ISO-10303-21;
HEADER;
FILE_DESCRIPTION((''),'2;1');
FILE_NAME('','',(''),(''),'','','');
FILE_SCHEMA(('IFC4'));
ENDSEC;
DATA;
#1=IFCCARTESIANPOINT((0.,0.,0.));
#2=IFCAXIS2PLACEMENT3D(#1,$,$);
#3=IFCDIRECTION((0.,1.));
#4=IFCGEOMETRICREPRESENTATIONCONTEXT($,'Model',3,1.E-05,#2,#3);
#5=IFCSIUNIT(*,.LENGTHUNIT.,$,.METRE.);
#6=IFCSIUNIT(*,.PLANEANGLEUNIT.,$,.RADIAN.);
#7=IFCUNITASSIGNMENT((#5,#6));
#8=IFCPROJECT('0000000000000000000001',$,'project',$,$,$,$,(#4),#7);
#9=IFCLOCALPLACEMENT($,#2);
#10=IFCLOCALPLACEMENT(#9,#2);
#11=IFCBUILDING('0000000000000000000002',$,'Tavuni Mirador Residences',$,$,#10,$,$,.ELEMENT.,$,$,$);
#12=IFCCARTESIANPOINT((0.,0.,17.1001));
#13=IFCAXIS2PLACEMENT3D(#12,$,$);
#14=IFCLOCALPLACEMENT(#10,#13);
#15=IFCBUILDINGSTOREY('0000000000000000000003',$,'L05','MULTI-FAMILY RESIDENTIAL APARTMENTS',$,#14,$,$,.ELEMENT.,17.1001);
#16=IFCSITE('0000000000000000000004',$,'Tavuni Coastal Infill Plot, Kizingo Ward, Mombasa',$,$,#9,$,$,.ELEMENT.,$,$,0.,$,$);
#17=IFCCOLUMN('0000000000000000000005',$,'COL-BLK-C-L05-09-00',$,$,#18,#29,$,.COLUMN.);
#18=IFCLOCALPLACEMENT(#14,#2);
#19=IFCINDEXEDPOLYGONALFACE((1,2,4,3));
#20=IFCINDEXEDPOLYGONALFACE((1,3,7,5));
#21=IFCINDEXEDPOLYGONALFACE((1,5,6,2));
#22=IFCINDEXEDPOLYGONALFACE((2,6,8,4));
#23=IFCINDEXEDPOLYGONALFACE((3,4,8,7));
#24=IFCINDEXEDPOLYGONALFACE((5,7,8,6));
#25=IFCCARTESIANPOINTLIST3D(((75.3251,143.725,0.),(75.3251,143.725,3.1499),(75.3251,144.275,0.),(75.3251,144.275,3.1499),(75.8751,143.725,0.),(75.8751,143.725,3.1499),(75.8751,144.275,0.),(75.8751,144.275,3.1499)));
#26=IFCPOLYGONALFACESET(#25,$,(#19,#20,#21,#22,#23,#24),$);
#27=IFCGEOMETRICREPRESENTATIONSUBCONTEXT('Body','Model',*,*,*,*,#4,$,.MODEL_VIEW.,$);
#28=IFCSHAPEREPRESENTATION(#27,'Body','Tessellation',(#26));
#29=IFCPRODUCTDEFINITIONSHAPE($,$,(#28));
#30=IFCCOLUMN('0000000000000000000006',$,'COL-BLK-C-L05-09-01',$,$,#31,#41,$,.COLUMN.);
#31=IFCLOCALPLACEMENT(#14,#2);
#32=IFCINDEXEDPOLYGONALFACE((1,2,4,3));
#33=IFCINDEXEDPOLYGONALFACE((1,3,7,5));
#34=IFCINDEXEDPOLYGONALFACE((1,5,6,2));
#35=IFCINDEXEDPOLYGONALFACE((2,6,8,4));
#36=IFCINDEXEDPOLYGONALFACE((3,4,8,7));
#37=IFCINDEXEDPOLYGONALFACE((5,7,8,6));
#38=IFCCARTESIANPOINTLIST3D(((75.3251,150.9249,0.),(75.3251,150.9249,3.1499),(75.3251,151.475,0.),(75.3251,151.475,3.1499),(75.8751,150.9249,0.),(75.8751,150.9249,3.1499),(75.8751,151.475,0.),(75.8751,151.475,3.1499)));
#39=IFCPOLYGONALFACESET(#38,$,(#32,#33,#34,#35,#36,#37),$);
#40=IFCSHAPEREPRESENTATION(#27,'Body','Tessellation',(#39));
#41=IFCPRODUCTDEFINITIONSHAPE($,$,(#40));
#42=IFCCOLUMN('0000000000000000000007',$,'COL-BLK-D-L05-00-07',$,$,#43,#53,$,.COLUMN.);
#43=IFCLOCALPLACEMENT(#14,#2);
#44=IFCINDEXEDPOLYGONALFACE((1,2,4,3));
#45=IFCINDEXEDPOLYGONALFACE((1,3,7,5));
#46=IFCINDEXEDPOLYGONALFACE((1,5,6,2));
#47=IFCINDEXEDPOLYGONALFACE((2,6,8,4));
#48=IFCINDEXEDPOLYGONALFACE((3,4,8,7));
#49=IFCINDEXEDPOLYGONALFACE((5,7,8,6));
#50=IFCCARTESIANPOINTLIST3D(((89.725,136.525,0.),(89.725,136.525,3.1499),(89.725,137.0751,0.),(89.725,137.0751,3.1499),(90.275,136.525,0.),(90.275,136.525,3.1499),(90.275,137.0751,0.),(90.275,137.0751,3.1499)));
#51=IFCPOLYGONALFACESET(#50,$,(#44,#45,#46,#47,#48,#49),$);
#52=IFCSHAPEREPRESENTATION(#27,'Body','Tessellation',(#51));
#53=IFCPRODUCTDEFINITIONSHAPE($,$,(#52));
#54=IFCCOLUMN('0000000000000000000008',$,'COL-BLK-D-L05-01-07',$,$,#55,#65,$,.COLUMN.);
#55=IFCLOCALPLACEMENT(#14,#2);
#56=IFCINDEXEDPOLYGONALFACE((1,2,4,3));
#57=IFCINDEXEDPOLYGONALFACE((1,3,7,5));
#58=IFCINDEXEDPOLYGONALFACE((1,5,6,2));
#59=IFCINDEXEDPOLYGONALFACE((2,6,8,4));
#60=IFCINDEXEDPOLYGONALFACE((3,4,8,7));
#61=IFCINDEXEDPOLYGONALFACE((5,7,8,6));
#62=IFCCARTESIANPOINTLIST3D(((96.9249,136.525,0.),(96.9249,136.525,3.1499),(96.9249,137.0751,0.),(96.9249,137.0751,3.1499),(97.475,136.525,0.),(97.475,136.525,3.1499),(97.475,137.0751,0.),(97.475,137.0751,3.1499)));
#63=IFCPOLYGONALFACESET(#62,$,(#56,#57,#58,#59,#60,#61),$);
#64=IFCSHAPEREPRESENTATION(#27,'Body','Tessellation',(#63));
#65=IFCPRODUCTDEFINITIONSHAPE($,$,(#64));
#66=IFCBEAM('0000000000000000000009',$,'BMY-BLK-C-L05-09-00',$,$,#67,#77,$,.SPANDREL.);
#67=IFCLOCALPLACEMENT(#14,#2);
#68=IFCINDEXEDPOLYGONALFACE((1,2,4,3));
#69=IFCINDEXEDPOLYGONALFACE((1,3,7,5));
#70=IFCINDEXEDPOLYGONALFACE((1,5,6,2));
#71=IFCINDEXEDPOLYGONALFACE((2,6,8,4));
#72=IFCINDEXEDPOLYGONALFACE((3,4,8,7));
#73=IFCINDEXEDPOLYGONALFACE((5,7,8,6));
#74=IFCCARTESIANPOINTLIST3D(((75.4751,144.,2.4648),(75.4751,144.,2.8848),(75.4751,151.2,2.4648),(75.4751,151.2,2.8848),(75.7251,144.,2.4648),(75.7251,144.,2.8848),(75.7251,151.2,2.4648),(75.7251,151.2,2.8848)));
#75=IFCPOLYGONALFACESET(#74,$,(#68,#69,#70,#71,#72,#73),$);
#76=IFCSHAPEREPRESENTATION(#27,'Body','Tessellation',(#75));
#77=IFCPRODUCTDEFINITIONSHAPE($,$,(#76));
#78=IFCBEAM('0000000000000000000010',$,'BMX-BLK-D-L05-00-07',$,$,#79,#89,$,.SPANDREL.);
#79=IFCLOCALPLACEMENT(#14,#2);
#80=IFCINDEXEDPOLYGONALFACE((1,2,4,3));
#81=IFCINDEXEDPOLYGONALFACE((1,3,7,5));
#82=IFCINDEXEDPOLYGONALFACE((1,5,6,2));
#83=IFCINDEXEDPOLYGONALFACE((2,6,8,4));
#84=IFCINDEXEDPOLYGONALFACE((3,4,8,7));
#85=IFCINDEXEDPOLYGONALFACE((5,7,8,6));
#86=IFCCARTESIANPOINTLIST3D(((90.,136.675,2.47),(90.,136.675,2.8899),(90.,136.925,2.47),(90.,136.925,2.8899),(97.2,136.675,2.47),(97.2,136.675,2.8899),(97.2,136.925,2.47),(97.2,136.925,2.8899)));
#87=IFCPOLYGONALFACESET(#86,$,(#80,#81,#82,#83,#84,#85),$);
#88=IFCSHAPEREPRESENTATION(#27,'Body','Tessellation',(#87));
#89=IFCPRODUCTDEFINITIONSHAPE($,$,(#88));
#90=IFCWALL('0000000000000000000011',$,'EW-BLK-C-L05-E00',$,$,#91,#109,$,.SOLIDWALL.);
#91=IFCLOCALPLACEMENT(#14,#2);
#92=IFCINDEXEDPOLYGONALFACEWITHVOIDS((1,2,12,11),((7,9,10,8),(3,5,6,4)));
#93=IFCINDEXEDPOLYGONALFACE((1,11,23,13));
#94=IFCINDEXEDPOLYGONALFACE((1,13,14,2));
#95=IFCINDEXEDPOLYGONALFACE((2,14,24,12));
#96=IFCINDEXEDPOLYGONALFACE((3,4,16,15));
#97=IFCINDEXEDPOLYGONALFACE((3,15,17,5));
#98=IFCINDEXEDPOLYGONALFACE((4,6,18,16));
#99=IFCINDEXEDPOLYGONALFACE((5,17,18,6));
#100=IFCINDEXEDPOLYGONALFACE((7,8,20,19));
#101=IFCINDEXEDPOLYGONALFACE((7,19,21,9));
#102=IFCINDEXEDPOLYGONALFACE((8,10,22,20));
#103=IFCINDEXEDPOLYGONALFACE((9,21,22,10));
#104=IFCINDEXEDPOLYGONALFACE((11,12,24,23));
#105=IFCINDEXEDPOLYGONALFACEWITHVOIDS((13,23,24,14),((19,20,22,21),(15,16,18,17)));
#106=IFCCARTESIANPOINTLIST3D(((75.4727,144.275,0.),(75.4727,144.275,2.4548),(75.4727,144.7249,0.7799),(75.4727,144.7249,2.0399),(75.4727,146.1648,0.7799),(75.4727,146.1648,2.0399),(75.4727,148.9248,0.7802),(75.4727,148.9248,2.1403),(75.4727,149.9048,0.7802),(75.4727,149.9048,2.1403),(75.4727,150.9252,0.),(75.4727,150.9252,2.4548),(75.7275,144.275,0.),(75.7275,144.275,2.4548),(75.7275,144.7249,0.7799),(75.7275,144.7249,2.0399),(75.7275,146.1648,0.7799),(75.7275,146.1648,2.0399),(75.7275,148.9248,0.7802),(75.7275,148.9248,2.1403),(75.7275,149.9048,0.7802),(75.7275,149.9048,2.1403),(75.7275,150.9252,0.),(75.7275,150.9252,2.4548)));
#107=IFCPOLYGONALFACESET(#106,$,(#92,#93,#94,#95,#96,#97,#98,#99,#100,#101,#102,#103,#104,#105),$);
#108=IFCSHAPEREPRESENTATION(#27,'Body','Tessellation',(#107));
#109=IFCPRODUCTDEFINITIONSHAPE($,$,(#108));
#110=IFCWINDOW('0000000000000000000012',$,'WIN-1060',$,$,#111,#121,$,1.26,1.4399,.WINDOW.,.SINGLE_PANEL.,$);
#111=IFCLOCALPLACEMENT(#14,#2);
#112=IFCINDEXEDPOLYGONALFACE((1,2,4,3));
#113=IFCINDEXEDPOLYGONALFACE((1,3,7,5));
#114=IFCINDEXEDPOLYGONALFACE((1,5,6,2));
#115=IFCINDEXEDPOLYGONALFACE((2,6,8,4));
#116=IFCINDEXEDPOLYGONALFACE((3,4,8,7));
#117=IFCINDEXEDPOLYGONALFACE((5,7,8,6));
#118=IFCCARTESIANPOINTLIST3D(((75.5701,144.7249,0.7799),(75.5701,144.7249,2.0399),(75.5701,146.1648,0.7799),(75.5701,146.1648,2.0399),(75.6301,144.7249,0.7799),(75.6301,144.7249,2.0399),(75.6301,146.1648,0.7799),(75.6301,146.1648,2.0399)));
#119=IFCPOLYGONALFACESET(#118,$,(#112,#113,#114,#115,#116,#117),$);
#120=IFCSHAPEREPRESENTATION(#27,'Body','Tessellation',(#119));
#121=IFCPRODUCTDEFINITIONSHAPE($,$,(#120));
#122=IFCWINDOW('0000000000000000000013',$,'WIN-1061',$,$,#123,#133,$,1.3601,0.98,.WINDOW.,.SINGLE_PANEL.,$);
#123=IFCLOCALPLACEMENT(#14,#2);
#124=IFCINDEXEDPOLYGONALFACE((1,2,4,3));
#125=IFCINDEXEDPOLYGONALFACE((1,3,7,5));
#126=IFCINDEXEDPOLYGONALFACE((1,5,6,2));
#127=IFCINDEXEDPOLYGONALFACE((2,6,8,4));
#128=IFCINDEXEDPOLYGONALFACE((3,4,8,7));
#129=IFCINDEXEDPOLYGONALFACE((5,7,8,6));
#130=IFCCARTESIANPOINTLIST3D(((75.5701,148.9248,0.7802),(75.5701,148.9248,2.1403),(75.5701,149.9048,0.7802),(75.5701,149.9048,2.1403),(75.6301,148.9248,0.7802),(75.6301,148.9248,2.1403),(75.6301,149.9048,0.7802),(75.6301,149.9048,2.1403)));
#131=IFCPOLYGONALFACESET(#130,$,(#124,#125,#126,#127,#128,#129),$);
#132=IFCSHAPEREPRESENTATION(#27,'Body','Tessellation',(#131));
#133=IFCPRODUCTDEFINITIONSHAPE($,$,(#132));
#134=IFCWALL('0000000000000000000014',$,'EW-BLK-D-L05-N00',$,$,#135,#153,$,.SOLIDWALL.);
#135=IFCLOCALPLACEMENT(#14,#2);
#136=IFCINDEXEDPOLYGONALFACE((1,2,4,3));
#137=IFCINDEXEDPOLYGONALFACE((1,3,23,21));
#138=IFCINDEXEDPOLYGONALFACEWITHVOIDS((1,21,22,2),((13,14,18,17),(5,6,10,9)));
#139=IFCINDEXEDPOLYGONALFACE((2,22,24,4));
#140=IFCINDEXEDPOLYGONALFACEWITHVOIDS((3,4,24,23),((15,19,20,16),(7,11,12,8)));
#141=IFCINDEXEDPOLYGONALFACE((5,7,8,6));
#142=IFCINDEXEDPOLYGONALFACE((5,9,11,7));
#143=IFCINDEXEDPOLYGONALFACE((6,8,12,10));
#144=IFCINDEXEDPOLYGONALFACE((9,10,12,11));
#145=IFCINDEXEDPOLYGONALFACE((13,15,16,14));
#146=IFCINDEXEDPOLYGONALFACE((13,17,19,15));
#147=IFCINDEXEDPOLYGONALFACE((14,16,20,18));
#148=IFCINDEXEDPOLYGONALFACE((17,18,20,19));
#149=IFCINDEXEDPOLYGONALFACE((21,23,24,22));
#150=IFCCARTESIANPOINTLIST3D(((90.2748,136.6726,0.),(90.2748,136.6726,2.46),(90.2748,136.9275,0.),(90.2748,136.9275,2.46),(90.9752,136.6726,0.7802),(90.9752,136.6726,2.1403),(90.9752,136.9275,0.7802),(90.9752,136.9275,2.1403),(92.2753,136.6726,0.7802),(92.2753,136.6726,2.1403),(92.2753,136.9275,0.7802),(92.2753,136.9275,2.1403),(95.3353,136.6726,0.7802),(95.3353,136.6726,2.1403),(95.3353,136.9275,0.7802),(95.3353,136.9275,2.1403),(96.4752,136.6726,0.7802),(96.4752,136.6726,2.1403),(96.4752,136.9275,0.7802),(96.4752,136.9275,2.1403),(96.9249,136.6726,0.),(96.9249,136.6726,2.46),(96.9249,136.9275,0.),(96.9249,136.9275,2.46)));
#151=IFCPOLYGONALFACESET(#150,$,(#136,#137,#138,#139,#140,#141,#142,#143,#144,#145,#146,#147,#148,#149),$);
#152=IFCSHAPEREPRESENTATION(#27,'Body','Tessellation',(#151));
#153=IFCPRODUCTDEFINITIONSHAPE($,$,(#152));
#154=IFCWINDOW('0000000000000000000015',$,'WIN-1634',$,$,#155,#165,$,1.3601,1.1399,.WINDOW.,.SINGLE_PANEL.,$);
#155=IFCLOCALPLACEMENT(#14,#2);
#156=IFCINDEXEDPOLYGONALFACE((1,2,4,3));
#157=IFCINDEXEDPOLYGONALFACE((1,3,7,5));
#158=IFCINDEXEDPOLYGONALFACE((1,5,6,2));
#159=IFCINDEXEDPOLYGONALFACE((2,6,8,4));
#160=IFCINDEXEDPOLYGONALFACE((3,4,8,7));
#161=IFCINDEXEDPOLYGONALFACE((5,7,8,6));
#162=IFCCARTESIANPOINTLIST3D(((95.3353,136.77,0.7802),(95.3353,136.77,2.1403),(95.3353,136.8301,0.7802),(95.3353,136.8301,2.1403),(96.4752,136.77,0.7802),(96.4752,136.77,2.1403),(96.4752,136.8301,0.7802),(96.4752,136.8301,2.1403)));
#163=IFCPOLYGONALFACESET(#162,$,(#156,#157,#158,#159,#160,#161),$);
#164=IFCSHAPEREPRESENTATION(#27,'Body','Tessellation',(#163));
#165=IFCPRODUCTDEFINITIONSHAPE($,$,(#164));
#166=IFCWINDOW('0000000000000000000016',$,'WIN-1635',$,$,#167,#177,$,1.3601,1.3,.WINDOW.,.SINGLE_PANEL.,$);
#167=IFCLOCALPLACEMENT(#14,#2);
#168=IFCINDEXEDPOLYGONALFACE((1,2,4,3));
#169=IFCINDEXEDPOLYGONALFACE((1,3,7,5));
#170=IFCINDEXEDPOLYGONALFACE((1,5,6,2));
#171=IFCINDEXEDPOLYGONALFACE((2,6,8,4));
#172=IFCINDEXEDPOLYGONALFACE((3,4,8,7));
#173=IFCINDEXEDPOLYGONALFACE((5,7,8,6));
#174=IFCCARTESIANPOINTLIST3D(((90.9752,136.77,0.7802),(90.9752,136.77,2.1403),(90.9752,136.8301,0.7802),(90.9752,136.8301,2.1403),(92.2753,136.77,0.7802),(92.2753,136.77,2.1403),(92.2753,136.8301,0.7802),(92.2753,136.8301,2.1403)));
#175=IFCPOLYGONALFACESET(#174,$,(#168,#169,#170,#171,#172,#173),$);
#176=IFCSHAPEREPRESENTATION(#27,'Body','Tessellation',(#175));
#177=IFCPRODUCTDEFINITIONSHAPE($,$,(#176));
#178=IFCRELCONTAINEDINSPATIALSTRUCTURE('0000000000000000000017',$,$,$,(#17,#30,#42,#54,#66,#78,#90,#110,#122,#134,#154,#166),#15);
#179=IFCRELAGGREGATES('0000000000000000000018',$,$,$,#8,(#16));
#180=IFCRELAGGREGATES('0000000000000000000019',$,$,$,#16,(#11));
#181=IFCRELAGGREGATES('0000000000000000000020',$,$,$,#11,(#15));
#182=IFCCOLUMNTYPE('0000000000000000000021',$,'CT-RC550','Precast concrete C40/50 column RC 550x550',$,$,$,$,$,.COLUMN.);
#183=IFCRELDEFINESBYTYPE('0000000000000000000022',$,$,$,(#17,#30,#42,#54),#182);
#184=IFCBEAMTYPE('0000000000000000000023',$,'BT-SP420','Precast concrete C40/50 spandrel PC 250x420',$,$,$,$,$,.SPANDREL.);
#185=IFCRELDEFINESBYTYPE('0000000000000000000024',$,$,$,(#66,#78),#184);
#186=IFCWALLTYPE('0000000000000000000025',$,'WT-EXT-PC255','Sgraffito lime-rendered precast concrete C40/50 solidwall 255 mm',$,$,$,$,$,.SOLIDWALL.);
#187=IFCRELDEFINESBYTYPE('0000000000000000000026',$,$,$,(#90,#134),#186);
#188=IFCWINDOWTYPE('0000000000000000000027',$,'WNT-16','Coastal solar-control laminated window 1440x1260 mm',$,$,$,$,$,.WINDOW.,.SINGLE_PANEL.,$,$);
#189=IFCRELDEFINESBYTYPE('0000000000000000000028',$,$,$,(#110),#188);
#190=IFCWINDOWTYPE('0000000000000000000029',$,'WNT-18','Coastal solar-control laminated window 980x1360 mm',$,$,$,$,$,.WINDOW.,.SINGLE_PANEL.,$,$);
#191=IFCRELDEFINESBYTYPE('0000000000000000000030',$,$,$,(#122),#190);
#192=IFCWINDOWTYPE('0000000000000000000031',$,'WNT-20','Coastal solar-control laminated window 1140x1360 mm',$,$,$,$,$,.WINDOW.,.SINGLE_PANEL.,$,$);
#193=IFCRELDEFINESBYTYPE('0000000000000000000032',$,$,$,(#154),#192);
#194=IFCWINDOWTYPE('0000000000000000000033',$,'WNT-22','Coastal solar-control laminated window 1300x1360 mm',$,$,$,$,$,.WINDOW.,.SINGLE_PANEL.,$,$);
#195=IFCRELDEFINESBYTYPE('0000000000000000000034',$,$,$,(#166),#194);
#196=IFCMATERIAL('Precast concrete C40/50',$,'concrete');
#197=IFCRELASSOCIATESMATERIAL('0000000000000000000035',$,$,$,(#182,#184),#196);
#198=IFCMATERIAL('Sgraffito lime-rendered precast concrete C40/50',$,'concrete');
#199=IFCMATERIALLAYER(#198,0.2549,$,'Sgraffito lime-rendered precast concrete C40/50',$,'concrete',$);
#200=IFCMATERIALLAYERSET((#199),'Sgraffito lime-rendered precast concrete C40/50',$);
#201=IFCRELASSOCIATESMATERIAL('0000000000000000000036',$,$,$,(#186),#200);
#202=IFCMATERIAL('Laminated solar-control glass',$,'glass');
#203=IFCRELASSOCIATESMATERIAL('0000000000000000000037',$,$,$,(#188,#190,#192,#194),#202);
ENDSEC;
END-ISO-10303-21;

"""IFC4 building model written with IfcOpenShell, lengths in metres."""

from ifc_helpers import new_model, si_unit, direction, frame, frame_2d, origin, origin_2d, place, context, subcontext, project, spatial, rectangle, extrude, material, layer, layer_set, material_profile, profile_set, type_object, element, fill, save


model = new_model("IFC4")

# Units and contexts
model_context = context("Model", 3, precision=1e-05, world=origin(), true_north=direction((0.0, 1.0)))
body_context = subcontext(model_context, "Body", "Model", "MODEL_VIEW")
ifc_project = project(units=[si_unit("LENGTHUNIT", "METRE"), si_unit("PLANEANGLEUNIT", "RADIAN")], contexts=[model_context])

# Site, building, storey
site_placement = place(None, origin())
site = spatial("IfcSite", under=ifc_project, at=site_placement, Name="Tavuni Coastal Infill Plot, Kizingo Ward, Mombasa", CompositionType="ELEMENT", RefElevation=0.0)
building_placement = place(site_placement, origin())
building = spatial("IfcBuilding", under=site, at=building_placement, Name="Tavuni Mirador Residences", CompositionType="ELEMENT")
storey_placement = place(building_placement, frame((0.0, 0.0, 17.1001)))
storey = spatial("IfcBuildingStorey", under=building, at=storey_placement, Name="L05", Description="MULTI-FAMILY RESIDENTIAL APARTMENTS", CompositionType="ELEMENT", Elevation=17.1001)

# Columns
ifc_material_1 = material(Name="Precast concrete C40/50", Category="concrete")
ifc_material_profile_1 = material_profile(ifc_material_1, rectangle(XDim=0.55, YDim=0.55, at=origin_2d()), Name="RC 550x550", Category="concrete")
ifc_profile_set_1 = profile_set([ifc_material_profile_1], Name="Precast concrete C40/50")
column_type = type_object("IfcColumnType", Name="CT-RC550", Description="Precast concrete C40/50 column RC 550x550", PredefinedType="COLUMN", material=ifc_profile_set_1)
for number, where, z_axis, x_axis, name in (
    (1, (75.6001, 144.0, 0.0), (0.0, 0.0, 1.0), (1.0, 0.0, 0.0), "COL-BLK-C-L05-09-00"),
    (2, (75.6001, 151.2, 0.0), (0.0, 0.0, 1.0), (1.0, 0.0, 0.0), "COL-BLK-C-L05-09-01"),
    (3, (90.0, 136.8, 0.0), (0.0, 0.0, 1.0), (1.0, 0.0, 0.0), "COL-BLK-D-L05-00-07"),
    (4, (97.2, 136.8, 0.0), (0.0, 0.0, 1.0), (1.0, 0.0, 0.0), "COL-BLK-D-L05-01-07"),
):
    element("IfcColumn", number, at=place(storey_placement, frame(where, z_axis=z_axis, x_axis=x_axis)), inside=storey, type_object=column_type, Name=name, PredefinedType="COLUMN", context=body_context, shape_type="SweptSolid", body=[
        extrude(rectangle(XDim=0.55, YDim=0.55, at=origin_2d()), origin(), (0.0, 0.0, 1.0), 3.1499),
    ])

# Beams
ifc_material_profile_2 = material_profile(ifc_material_1, rectangle(XDim=0.25, YDim=0.4199, at=origin_2d()), Name="PC 250x420", Category="concrete")
ifc_profile_set_2 = profile_set([ifc_material_profile_2], Name="Precast concrete C40/50")
beam_type = type_object("IfcBeamType", Name="BT-SP420", Description="Precast concrete C40/50 spandrel PC 250x420", PredefinedType="SPANDREL", material=ifc_profile_set_2)
for number, where, z_axis, x_axis, name in (
    (5, (75.6001, 144.0, 2.6748), (0.0, 1.0, 0.0), (-1.0, 0.0, 0.0), "BMY-BLK-C-L05-09-00"),
    (6, (90.0, 136.8, 2.6799), (1.0, 0.0, 0.0), (0.0, 1.0, 0.0), "BMX-BLK-D-L05-00-07"),
):
    element("IfcBeam", number, at=place(storey_placement, frame(where, z_axis=z_axis, x_axis=x_axis)), inside=storey, type_object=beam_type, Name=name, PredefinedType="SPANDREL", context=body_context, shape_type="SweptSolid", body=[
        extrude(rectangle(XDim=0.25, YDim=0.4199, at=origin_2d()), origin(), (0.0, 0.0, 1.0), 7.2),
    ])

# Walls, openings, windows
ifc_material_2 = material(Name="Sgraffito lime-rendered precast concrete C40/50", Category="concrete")
ifc_layer_1 = layer(ifc_material_2, 0.2549, Name="Sgraffito lime-rendered precast concrete C40/50", Category="concrete")
ifc_layer_set_1 = layer_set([ifc_layer_1], Name="Sgraffito lime-rendered precast concrete C40/50")
wall_type_1 = type_object("IfcWallType", Name="WT-EXT-PC255", Description="Sgraffito lime-rendered precast concrete C40/50 solidwall 255 mm", PredefinedType="SOLIDWALL", material=ifc_layer_set_1)
wall_1_placement = place(storey_placement, frame((75.6001, 144.2749, 0.0), z_axis=(0.0, 0.0, 1.0), x_axis=(0.0, 1.0, 0.0)))
wall_1 = element("IfcWall", 7, at=wall_1_placement, inside=storey, type_object=wall_type_1, Name="EW-BLK-C-L05-E00", PredefinedType="SOLIDWALL", context=body_context, shape_type="SweptSolid", body=[
    extrude(rectangle(XDim=6.6501, YDim=0.2549, at=frame_2d((3.3252, 0.0))), origin(), (0.0, 0.0, 1.0), 2.4548),
])
opening_1_placement = place(wall_1_placement, frame((0.45, 0.0, 0.78)))
opening_1 = element("IfcOpeningElement", 8, at=opening_1_placement, cuts=wall_1, PredefinedType="OPENING", context=body_context, shape_type="SweptSolid", body=[
    extrude(rectangle(XDim=1.4399, YDim=1.26, at=frame_2d((0.72, 0.6299))), frame((0.0, 0.1375, 0.0), z_axis=(0.0, -1.0, 0.0), x_axis=(1.0, 0.0, 0.0)), (0.0, 0.0, 1.0), 0.2749),
])
opening_2_placement = place(wall_1_placement, frame((4.6499, 0.0, 0.78)))
opening_2 = element("IfcOpeningElement", 9, at=opening_2_placement, cuts=wall_1, PredefinedType="OPENING", context=body_context, shape_type="SweptSolid", body=[
    extrude(rectangle(XDim=0.98, YDim=1.3601, at=frame_2d((0.49, 0.6802))), frame((0.0, 0.1375, 0.0), z_axis=(0.0, -1.0, 0.0), x_axis=(1.0, 0.0, 0.0)), (0.0, 0.0, 1.0), 0.2749),
])
ifc_material_3 = material(Name="Laminated solar-control glass", Category="glass")
window_type_1 = type_object("IfcWindowType", Name="WNT-16", Description="Coastal solar-control laminated window 1440x1260 mm", PartitioningType="SINGLE_PANEL", PredefinedType="WINDOW", material=ifc_material_3)
window_1_placement = place(opening_1_placement, origin())
window_1 = element("IfcWindow", 10, at=window_1_placement, inside=storey, type_object=window_type_1, Name="WIN-1060", OverallHeight=1.26, OverallWidth=1.4399, PartitioningType="SINGLE_PANEL", PredefinedType="WINDOW", context=body_context, shape_type="SweptSolid", body=[
    extrude(rectangle(XDim=1.4399, YDim=1.26, at=frame_2d((0.72, 0.6299))), frame((0.0, 0.03, 0.0), z_axis=(0.0, -1.0, 0.0), x_axis=(1.0, 0.0, 0.0)), (0.0, 0.0, 1.0), 0.0601),
])
fill(opening_1, window_1)
window_type_2 = type_object("IfcWindowType", Name="WNT-18", Description="Coastal solar-control laminated window 980x1360 mm", PartitioningType="SINGLE_PANEL", PredefinedType="WINDOW", material=ifc_material_3)
window_2_placement = place(opening_2_placement, origin())
window_2 = element("IfcWindow", 11, at=window_2_placement, inside=storey, type_object=window_type_2, Name="WIN-1061", OverallHeight=1.3601, OverallWidth=0.98, PartitioningType="SINGLE_PANEL", PredefinedType="WINDOW", context=body_context, shape_type="SweptSolid", body=[
    extrude(rectangle(XDim=0.98, YDim=1.3601, at=frame_2d((0.49, 0.6802))), frame((0.0, 0.03, 0.0), z_axis=(0.0, -1.0, 0.0), x_axis=(1.0, 0.0, 0.0)), (0.0, 0.0, 1.0), 0.0601),
])
fill(opening_2, window_2)
wall_2_placement = place(storey_placement, frame((96.925, 136.8, 0.0), z_axis=(0.0, 0.0, 1.0), x_axis=(-1.0, 0.0, 0.0)))
wall_2 = element("IfcWall", 12, at=wall_2_placement, inside=storey, type_object=wall_type_1, Name="EW-BLK-D-L05-N00", PredefinedType="SOLIDWALL", context=body_context, shape_type="SweptSolid", body=[
    extrude(rectangle(XDim=6.6501, YDim=0.2549, at=frame_2d((3.3252, 0.0))), origin(), (0.0, 0.0, 1.0), 2.46),
])
opening_3_placement = place(wall_2_placement, frame((0.45, 0.0, 0.78)))
opening_3 = element("IfcOpeningElement", 13, at=opening_3_placement, cuts=wall_2, PredefinedType="OPENING", context=body_context, shape_type="SweptSolid", body=[
    extrude(rectangle(XDim=1.1399, YDim=1.3601, at=frame_2d((0.5698, 0.6802))), frame((0.0, 0.1375, 0.0), z_axis=(0.0, -1.0, 0.0), x_axis=(1.0, 0.0, 0.0)), (0.0, 0.0, 1.0), 0.2749),
])
opening_4_placement = place(wall_2_placement, frame((4.6499, 0.0, 0.78)))
opening_4 = element("IfcOpeningElement", 14, at=opening_4_placement, cuts=wall_2, PredefinedType="OPENING", context=body_context, shape_type="SweptSolid", body=[
    extrude(rectangle(XDim=1.3, YDim=1.3601, at=frame_2d((0.6499, 0.6802))), frame((0.0, 0.1375, 0.0), z_axis=(0.0, -1.0, 0.0), x_axis=(1.0, 0.0, 0.0)), (0.0, 0.0, 1.0), 0.2749),
])
window_type_3 = type_object("IfcWindowType", Name="WNT-20", Description="Coastal solar-control laminated window 1140x1360 mm", PartitioningType="SINGLE_PANEL", PredefinedType="WINDOW", material=ifc_material_3)
window_3_placement = place(opening_3_placement, origin())
window_3 = element("IfcWindow", 15, at=window_3_placement, inside=storey, type_object=window_type_3, Name="WIN-1634", OverallHeight=1.3601, OverallWidth=1.1399, PartitioningType="SINGLE_PANEL", PredefinedType="WINDOW", context=body_context, shape_type="SweptSolid", body=[
    extrude(rectangle(XDim=1.1399, YDim=1.3601, at=frame_2d((0.5698, 0.6802))), frame((0.0, 0.03, 0.0), z_axis=(0.0, -1.0, 0.0), x_axis=(1.0, 0.0, 0.0)), (0.0, 0.0, 1.0), 0.0601),
])
fill(opening_3, window_3)
window_type_4 = type_object("IfcWindowType", Name="WNT-22", Description="Coastal solar-control laminated window 1300x1360 mm", PartitioningType="SINGLE_PANEL", PredefinedType="WINDOW", material=ifc_material_3)
window_4_placement = place(opening_4_placement, origin())
window_4 = element("IfcWindow", 16, at=window_4_placement, inside=storey, type_object=window_type_4, Name="WIN-1635", OverallHeight=1.3601, OverallWidth=1.3, PartitioningType="SINGLE_PANEL", PredefinedType="WINDOW", context=body_context, shape_type="SweptSolid", body=[
    extrude(rectangle(XDim=1.3, YDim=1.3601, at=frame_2d((0.6499, 0.6802))), frame((0.0, 0.03, 0.0), z_axis=(0.0, -1.0, 0.0), x_axis=(1.0, 0.0, 0.0)), (0.0, 0.0, 1.0), 0.0601),
])
fill(opening_4, window_4)

save(model, "model.ifc")
